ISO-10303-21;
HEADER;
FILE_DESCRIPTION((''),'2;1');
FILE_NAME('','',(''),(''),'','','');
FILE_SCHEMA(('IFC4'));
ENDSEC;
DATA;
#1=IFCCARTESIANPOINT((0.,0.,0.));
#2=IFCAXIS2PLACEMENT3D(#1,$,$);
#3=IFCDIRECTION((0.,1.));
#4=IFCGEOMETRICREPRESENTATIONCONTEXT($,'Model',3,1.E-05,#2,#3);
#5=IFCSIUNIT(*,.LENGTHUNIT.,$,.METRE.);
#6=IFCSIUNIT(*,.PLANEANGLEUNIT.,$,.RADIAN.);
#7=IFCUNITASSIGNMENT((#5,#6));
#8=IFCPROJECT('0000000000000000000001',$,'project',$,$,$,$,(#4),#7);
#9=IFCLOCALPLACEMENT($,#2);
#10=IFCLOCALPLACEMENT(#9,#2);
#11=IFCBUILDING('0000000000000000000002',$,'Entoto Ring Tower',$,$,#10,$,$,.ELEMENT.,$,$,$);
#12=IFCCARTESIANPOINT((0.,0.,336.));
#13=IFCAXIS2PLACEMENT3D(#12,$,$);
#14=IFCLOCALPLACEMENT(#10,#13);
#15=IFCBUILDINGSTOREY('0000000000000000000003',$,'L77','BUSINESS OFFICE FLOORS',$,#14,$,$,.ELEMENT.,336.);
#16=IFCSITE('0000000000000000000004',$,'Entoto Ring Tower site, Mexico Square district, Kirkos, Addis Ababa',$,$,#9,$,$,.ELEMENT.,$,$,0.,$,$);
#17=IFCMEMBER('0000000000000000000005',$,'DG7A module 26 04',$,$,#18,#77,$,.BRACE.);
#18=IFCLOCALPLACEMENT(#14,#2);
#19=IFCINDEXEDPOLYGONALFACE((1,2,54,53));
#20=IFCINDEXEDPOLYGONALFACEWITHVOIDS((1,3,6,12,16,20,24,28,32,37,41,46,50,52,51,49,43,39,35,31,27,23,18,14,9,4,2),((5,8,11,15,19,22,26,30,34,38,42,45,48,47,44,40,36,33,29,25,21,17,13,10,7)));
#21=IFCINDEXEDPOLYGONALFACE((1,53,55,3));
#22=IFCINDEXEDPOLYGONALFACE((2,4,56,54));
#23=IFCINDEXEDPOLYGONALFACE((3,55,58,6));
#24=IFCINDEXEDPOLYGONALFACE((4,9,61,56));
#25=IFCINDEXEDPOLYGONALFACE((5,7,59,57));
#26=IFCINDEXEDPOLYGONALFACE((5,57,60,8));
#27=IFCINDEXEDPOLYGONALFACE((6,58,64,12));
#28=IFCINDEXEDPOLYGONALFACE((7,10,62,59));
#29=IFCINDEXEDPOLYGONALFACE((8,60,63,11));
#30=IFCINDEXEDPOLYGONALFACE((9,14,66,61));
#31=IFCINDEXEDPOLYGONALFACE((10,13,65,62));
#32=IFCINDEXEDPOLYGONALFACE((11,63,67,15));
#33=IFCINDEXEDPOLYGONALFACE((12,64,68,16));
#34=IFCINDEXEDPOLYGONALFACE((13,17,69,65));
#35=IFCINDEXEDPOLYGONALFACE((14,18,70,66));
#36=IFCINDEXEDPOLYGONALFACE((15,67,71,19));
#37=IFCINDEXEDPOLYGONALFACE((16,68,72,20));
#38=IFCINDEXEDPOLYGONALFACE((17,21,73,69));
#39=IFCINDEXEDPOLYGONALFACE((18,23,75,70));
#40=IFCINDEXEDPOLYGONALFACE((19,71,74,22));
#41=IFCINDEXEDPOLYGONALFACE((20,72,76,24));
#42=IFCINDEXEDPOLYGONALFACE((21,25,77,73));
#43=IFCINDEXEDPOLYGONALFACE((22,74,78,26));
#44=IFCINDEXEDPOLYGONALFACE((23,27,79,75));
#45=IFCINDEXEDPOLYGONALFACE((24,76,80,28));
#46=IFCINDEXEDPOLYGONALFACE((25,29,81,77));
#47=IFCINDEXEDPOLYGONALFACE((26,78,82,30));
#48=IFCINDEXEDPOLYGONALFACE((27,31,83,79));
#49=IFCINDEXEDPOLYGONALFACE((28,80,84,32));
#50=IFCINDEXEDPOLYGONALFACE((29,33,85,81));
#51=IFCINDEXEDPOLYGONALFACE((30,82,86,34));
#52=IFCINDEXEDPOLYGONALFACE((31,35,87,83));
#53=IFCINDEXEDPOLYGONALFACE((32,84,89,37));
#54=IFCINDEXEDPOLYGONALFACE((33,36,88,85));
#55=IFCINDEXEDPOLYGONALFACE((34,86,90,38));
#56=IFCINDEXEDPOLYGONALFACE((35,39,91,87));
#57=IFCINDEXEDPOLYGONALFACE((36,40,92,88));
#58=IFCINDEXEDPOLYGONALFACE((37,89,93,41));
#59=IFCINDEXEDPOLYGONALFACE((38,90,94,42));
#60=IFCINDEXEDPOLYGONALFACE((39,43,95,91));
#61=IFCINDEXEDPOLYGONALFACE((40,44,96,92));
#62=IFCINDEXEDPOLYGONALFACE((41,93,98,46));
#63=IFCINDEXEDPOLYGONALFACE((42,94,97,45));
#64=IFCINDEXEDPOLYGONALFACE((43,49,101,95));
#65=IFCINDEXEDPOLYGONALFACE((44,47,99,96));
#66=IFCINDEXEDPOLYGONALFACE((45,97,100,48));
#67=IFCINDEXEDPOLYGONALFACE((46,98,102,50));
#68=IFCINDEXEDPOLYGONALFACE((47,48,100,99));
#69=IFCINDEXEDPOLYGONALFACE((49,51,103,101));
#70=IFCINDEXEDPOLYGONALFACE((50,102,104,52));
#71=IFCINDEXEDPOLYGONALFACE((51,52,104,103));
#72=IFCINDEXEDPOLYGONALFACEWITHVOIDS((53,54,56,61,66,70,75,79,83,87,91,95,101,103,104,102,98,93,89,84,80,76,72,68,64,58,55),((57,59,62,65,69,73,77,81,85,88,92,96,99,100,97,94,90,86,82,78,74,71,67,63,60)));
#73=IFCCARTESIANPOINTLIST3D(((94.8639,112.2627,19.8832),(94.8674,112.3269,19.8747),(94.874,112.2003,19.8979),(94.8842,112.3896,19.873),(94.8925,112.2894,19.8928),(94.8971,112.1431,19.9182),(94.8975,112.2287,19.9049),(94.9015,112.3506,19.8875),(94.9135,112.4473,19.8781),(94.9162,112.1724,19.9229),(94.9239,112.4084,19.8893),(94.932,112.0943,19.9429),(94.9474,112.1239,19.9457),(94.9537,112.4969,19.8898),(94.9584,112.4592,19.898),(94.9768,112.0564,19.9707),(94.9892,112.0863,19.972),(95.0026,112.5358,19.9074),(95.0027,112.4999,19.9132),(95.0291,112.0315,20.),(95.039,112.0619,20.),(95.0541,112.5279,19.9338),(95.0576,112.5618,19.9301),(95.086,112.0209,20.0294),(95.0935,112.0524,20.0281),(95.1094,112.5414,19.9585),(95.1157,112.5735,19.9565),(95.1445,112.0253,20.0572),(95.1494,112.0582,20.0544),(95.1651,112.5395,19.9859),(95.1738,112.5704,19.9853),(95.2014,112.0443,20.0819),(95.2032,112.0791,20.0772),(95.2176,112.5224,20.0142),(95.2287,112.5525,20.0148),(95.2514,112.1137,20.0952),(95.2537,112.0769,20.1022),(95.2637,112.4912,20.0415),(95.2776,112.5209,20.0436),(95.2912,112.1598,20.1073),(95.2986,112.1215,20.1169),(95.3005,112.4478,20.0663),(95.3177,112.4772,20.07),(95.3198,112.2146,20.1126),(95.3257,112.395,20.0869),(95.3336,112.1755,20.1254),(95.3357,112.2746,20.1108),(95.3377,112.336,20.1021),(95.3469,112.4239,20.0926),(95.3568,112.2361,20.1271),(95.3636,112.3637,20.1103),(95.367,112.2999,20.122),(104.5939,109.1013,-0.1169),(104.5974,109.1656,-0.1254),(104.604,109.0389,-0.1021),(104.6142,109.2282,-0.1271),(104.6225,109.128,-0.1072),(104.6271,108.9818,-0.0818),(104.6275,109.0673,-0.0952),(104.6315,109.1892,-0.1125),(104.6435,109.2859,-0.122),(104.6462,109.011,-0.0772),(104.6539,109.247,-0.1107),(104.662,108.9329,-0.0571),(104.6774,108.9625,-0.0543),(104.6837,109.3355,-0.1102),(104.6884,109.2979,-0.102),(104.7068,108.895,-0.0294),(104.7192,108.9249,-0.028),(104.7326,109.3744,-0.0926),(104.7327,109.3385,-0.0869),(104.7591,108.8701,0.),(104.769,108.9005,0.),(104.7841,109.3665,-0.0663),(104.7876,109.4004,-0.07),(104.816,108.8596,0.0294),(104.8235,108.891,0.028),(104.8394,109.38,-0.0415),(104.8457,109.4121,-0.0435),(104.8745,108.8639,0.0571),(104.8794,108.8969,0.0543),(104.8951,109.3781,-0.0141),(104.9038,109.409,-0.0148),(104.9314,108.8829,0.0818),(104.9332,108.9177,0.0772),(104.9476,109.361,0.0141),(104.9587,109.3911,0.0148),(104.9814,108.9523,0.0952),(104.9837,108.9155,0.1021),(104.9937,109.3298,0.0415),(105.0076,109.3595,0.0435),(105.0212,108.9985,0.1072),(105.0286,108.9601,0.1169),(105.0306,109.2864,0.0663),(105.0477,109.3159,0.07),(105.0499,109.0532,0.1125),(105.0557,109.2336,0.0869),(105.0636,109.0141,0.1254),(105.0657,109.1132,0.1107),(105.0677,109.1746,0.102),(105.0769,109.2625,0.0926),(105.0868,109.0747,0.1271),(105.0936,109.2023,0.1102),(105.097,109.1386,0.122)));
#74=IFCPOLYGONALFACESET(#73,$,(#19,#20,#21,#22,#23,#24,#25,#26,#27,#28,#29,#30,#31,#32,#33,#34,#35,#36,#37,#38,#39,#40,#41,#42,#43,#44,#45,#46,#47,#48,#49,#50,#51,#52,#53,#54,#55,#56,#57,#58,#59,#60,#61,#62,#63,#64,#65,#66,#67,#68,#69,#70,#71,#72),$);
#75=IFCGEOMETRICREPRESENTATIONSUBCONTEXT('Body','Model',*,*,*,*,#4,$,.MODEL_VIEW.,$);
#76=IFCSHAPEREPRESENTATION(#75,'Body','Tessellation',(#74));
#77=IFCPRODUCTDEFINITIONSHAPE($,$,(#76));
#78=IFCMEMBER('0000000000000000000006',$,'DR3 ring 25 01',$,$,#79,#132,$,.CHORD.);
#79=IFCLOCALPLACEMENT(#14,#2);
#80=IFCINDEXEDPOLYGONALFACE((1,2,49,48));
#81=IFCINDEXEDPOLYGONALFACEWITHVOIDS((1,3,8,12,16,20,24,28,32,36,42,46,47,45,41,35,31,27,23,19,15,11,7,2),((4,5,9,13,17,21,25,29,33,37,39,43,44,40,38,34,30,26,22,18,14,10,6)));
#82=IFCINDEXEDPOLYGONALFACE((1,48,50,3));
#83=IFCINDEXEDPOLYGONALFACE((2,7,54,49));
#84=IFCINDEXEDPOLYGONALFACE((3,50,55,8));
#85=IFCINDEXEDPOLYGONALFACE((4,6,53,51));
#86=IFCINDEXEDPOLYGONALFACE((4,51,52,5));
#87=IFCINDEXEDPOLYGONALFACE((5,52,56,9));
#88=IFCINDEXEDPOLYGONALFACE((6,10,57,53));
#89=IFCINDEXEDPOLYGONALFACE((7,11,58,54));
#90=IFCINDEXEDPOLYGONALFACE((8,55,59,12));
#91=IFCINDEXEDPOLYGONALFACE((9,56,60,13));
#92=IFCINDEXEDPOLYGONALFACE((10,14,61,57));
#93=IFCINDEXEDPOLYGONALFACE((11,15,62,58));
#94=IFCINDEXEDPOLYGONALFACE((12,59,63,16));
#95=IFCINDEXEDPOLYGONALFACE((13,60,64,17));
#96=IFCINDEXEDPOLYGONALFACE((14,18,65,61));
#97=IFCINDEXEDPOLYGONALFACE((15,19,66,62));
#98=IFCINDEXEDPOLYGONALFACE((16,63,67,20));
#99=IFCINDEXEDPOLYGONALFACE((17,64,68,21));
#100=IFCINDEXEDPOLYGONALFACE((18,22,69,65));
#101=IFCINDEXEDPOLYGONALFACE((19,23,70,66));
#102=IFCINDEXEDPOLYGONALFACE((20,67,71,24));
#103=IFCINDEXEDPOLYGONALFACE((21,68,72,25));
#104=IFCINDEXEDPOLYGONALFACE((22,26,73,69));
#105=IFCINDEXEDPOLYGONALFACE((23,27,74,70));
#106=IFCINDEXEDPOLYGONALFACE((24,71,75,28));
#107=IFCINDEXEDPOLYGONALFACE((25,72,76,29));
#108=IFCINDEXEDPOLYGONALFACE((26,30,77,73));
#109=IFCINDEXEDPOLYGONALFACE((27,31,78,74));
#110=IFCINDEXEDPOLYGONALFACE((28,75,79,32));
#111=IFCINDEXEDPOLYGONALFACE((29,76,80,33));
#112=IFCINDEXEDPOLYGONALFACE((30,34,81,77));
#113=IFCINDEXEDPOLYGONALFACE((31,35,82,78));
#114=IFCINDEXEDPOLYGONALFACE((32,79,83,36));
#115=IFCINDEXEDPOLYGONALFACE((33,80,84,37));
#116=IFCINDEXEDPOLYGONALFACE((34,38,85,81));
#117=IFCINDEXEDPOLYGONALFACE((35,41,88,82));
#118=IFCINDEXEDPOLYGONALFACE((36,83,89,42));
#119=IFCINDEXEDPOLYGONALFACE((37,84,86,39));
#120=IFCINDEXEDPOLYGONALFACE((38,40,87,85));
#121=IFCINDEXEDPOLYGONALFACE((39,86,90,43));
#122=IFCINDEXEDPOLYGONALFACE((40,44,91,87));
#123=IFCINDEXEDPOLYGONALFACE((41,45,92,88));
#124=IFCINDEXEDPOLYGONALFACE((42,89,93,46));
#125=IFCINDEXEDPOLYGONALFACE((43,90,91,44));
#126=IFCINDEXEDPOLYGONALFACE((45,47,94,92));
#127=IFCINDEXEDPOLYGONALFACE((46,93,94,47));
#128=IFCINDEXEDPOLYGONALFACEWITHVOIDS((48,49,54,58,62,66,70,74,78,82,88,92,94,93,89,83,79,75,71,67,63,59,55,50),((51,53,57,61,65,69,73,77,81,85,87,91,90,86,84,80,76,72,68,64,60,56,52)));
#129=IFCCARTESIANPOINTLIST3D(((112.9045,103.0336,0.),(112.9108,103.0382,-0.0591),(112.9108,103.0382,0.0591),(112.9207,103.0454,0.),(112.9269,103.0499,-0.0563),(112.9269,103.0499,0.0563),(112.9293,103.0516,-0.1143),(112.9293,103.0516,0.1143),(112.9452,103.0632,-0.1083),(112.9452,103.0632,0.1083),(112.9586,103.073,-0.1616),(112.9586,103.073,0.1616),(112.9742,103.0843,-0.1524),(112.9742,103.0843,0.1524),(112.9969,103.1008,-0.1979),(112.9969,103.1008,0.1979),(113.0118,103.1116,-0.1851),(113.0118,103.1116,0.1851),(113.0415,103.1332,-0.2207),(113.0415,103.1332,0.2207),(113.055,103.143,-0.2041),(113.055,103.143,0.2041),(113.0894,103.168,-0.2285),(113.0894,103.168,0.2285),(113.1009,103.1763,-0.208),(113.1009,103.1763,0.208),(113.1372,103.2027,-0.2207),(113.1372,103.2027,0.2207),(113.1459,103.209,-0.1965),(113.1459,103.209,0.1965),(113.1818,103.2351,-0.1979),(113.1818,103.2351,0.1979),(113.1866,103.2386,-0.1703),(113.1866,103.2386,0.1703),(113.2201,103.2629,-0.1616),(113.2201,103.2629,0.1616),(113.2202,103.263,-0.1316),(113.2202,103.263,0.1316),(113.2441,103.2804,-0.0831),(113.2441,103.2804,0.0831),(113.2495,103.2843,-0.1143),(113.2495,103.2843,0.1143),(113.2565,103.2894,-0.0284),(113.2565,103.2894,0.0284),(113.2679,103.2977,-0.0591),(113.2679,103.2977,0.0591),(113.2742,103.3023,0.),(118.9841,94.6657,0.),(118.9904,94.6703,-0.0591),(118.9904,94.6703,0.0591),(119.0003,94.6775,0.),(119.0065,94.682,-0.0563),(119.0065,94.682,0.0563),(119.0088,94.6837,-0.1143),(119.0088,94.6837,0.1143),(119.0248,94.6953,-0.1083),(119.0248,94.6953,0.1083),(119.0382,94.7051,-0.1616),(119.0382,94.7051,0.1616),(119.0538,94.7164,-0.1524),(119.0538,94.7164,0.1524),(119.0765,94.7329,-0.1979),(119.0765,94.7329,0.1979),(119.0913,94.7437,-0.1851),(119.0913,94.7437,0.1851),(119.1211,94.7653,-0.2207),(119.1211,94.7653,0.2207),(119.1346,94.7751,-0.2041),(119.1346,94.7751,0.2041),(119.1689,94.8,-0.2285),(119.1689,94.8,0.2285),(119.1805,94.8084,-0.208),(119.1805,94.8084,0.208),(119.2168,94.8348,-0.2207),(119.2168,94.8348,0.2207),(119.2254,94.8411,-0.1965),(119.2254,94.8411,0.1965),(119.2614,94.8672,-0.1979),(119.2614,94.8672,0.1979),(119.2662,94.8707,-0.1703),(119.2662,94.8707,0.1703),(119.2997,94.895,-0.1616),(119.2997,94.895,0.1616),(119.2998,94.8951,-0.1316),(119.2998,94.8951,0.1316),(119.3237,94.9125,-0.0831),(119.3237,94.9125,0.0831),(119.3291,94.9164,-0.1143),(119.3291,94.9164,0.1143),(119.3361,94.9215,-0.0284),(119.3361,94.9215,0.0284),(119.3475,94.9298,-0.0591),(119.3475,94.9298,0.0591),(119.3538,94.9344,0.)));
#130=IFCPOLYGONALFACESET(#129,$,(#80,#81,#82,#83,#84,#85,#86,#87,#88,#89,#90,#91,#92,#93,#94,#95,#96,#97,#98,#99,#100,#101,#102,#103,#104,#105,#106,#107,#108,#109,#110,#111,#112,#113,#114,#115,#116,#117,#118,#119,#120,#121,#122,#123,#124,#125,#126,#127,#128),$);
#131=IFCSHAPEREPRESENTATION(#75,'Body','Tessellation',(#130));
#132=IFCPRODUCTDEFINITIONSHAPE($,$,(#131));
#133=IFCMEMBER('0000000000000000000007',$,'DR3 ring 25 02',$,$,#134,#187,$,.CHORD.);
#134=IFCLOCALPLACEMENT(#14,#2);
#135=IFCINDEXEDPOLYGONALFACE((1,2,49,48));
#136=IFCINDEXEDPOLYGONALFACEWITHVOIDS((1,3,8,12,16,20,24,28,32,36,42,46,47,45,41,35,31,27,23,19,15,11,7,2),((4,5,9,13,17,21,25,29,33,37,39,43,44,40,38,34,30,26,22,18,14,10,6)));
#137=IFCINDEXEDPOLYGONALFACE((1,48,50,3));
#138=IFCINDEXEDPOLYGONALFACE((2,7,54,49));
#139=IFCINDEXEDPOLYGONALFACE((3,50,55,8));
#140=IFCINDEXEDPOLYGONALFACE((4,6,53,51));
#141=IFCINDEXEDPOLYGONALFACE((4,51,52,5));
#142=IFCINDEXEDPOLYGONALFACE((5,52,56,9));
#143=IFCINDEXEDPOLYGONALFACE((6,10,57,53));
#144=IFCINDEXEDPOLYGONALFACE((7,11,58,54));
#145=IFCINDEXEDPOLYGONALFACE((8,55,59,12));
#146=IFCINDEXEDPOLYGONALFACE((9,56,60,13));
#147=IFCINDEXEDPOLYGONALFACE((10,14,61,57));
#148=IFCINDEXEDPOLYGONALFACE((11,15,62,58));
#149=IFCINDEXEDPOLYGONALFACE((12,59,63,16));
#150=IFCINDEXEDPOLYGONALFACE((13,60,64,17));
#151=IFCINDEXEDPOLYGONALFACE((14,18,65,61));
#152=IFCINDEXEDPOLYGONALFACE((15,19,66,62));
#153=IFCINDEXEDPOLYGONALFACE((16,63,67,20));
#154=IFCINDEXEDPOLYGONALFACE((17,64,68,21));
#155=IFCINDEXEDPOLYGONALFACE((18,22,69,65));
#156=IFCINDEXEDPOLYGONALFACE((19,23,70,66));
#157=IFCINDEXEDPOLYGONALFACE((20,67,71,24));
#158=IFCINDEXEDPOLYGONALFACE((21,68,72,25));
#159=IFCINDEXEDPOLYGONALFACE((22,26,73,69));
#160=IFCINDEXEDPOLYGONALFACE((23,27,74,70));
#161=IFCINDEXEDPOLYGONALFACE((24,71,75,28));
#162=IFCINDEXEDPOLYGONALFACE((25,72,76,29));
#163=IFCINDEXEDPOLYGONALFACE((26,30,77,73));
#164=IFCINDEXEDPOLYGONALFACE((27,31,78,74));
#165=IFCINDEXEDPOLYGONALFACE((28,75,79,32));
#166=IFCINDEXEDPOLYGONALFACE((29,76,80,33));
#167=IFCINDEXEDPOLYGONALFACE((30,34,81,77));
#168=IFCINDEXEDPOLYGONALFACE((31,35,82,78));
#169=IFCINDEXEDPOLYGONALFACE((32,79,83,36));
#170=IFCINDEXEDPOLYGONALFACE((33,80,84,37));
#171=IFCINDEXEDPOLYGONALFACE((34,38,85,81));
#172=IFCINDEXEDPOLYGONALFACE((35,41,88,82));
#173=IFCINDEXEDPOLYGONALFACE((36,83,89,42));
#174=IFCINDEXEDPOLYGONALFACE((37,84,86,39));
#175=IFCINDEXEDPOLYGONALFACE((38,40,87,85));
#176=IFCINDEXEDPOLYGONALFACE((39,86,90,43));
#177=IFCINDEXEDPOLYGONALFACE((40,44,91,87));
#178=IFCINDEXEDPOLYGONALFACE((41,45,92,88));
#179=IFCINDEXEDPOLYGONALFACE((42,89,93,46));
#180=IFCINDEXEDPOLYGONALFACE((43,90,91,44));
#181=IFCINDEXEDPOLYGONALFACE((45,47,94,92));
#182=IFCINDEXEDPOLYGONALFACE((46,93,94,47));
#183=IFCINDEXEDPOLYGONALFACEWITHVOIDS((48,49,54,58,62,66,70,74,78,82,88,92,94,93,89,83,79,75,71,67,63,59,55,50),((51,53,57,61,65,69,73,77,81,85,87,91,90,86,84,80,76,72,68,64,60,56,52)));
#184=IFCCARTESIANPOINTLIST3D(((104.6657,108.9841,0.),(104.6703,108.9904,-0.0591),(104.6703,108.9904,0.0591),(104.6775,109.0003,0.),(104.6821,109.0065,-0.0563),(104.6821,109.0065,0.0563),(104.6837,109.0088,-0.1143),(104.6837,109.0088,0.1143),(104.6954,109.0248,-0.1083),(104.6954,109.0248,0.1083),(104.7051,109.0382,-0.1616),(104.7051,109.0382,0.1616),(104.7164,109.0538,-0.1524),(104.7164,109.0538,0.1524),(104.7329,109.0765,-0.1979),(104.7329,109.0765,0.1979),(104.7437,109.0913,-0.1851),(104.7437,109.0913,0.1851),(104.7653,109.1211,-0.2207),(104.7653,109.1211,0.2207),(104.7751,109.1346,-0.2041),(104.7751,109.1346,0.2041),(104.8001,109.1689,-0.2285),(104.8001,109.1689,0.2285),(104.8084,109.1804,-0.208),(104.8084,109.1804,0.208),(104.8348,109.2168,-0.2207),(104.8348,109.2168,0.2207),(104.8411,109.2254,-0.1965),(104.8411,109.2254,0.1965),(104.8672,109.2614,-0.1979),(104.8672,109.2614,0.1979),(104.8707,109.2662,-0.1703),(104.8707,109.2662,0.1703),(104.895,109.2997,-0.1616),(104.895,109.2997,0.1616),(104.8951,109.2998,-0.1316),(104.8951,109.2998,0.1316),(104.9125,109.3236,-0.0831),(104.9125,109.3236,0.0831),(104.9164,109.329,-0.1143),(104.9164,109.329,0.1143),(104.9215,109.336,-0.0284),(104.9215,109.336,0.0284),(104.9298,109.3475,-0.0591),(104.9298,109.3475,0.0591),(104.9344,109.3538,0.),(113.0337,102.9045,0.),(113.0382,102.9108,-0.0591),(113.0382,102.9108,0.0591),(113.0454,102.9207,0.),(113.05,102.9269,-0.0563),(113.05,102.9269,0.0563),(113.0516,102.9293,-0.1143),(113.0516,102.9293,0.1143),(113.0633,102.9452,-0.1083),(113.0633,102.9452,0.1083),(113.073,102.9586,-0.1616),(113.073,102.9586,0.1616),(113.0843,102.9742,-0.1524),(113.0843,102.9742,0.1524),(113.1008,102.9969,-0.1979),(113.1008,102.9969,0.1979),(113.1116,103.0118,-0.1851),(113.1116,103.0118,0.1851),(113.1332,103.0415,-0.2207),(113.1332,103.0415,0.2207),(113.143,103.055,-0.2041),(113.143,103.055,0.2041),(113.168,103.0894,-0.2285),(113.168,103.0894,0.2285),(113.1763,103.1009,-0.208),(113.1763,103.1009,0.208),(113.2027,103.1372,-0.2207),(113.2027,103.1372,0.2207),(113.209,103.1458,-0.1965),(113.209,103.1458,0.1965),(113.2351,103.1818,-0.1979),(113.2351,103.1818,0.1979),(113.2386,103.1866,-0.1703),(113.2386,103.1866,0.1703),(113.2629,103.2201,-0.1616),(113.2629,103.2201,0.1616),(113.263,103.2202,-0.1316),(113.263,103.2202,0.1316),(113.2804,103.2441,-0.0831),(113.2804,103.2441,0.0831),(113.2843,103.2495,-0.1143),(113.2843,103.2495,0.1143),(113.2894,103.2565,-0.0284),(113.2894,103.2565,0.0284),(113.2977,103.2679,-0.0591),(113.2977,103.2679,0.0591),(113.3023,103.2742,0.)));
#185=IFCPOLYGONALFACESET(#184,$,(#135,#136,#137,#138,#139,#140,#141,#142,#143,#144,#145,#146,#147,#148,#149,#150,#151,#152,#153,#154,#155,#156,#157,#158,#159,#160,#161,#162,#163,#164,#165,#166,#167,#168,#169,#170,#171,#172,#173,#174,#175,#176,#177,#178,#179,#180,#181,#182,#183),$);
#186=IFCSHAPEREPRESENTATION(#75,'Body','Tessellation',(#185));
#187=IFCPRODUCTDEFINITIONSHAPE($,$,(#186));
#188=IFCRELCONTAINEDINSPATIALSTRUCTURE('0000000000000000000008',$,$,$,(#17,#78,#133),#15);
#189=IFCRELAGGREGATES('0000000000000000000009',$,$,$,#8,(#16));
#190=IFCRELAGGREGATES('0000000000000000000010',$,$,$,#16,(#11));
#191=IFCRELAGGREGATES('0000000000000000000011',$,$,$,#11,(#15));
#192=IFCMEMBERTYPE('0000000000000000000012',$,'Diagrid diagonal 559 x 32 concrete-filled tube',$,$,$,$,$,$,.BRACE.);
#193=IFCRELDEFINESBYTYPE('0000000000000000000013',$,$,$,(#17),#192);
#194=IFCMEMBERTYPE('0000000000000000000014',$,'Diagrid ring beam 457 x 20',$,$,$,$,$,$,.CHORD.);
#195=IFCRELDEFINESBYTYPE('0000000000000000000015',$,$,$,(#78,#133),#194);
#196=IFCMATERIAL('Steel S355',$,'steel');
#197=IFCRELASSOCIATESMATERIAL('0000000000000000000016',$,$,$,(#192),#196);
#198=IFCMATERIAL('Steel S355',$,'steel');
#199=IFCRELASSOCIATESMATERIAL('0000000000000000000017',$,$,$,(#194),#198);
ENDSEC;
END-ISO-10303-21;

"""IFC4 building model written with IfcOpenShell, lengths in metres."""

from ifc_helpers import new_model, si_unit, direction, frame, origin, origin_2d, place, context, subcontext, project, spatial, circle, hollow_circle, extrude, material, material_profile, profile_set, type_object, element, save


model = new_model("IFC4")

# Units and contexts
model_context = context("Model", 3, precision=1e-05, world=origin(), true_north=direction((0.0, 1.0)))
body_context = subcontext(model_context, "Body", "Model", "MODEL_VIEW")
ifc_project = project(units=[si_unit("LENGTHUNIT", "METRE"), si_unit("PLANEANGLEUNIT", "RADIAN")], contexts=[model_context])

# Site, building, storey
site_placement = place(None, origin())
site = spatial("IfcSite", under=ifc_project, at=site_placement, Name="Entoto Ring Tower site, Mexico Square district, Kirkos, Addis Ababa", CompositionType="ELEMENT", RefElevation=0.0)
building_placement = place(site_placement, origin())
building = spatial("IfcBuilding", under=site, at=building_placement, Name="Entoto Ring Tower", CompositionType="ELEMENT")
storey_placement = place(building_placement, frame((0.0, 0.0, 336.0)))
storey = spatial("IfcBuildingStorey", under=building, at=storey_placement, Name="L77", Description="BUSINESS OFFICE FLOORS", CompositionType="ELEMENT", Elevation=336.0)

# Members
ifc_material_1 = material(Name="Steel S355", Category="steel")
ifc_material_profile_1 = material_profile(ifc_material_1, hollow_circle(Radius=0.2795, WallThickness=0.032, at=origin_2d()), Name="CHS 559 x 32")
ifc_material_2 = material(Name="Concrete C60/75", Category="concrete")
ifc_material_profile_2 = material_profile(ifc_material_2, circle(Radius=0.2476, at=origin_2d()), Name="Concrete C60/75 infill")
ifc_profile_set_1 = profile_set([ifc_material_profile_1, ifc_material_profile_2], Name="Steel S355")
member_type_1 = type_object("IfcMemberType", Name="Diagrid diagonal 559 x 32 concrete-filled tube", PredefinedType="BRACE", material=ifc_profile_set_1)
for number, where, z_axis, x_axis, name in (
    (1, (104.8455, 109.136, 0.0), (-0.433121, 0.140726, 0.890282), (-0.309009, -0.951059, 0.0), "DG7A module 26 04"),
):
    element("IfcMember", number, at=place(storey_placement, frame(where, z_axis=z_axis, x_axis=x_axis)), inside=storey, type_object=member_type_1, Name=name, PredefinedType="BRACE", context=body_context, shape_type="SweptSolid", body=[
        extrude(hollow_circle(Radius=0.2795, WallThickness=0.032, at=origin_2d()), origin(), (0.0, 0.0, 1.0), 22.4648),
    ])
ifc_material_3 = material(Name="Steel S355", Category="steel")
ifc_material_profile_3 = material_profile(ifc_material_3, hollow_circle(Radius=0.2285, WallThickness=0.02, at=origin_2d()), Name="CHS 457 x 20")
ifc_material_4 = material(Name="Concrete C60/75", Category="concrete")
ifc_material_profile_4 = material_profile(ifc_material_4, circle(Radius=0.2085, at=origin_2d()), Name="Concrete C60/75 infill")
ifc_profile_set_2 = profile_set([ifc_material_profile_3, ifc_material_profile_4], Name="Steel S355")
member_type_2 = type_object("IfcMemberType", Name="Diagrid ring beam 457 x 20", PredefinedType="CHORD", material=ifc_profile_set_2)
for number, where, z_axis, x_axis, name in (
    (2, (119.1689, 94.8, 0.0), (-0.587781, 0.80902, 0.0), (-0.80902, -0.587781, 0.0), "DR3 ring 25 01"),
    (3, (113.168, 103.0894, 0.0), (-0.80902, 0.587781, 0.0), (-0.587781, -0.80902, 0.0), "DR3 ring 25 02"),
):
    element("IfcMember", number, at=place(storey_placement, frame(where, z_axis=z_axis, x_axis=x_axis)), inside=storey, type_object=member_type_2, Name=name, PredefinedType="CHORD", context=body_context, shape_type="SweptSolid", body=[
        extrude(hollow_circle(Radius=0.2285, WallThickness=0.02, at=origin_2d()), origin(), (0.0, 0.0, 1.0), 10.3433),
    ])

save(model, "model.ifc")
